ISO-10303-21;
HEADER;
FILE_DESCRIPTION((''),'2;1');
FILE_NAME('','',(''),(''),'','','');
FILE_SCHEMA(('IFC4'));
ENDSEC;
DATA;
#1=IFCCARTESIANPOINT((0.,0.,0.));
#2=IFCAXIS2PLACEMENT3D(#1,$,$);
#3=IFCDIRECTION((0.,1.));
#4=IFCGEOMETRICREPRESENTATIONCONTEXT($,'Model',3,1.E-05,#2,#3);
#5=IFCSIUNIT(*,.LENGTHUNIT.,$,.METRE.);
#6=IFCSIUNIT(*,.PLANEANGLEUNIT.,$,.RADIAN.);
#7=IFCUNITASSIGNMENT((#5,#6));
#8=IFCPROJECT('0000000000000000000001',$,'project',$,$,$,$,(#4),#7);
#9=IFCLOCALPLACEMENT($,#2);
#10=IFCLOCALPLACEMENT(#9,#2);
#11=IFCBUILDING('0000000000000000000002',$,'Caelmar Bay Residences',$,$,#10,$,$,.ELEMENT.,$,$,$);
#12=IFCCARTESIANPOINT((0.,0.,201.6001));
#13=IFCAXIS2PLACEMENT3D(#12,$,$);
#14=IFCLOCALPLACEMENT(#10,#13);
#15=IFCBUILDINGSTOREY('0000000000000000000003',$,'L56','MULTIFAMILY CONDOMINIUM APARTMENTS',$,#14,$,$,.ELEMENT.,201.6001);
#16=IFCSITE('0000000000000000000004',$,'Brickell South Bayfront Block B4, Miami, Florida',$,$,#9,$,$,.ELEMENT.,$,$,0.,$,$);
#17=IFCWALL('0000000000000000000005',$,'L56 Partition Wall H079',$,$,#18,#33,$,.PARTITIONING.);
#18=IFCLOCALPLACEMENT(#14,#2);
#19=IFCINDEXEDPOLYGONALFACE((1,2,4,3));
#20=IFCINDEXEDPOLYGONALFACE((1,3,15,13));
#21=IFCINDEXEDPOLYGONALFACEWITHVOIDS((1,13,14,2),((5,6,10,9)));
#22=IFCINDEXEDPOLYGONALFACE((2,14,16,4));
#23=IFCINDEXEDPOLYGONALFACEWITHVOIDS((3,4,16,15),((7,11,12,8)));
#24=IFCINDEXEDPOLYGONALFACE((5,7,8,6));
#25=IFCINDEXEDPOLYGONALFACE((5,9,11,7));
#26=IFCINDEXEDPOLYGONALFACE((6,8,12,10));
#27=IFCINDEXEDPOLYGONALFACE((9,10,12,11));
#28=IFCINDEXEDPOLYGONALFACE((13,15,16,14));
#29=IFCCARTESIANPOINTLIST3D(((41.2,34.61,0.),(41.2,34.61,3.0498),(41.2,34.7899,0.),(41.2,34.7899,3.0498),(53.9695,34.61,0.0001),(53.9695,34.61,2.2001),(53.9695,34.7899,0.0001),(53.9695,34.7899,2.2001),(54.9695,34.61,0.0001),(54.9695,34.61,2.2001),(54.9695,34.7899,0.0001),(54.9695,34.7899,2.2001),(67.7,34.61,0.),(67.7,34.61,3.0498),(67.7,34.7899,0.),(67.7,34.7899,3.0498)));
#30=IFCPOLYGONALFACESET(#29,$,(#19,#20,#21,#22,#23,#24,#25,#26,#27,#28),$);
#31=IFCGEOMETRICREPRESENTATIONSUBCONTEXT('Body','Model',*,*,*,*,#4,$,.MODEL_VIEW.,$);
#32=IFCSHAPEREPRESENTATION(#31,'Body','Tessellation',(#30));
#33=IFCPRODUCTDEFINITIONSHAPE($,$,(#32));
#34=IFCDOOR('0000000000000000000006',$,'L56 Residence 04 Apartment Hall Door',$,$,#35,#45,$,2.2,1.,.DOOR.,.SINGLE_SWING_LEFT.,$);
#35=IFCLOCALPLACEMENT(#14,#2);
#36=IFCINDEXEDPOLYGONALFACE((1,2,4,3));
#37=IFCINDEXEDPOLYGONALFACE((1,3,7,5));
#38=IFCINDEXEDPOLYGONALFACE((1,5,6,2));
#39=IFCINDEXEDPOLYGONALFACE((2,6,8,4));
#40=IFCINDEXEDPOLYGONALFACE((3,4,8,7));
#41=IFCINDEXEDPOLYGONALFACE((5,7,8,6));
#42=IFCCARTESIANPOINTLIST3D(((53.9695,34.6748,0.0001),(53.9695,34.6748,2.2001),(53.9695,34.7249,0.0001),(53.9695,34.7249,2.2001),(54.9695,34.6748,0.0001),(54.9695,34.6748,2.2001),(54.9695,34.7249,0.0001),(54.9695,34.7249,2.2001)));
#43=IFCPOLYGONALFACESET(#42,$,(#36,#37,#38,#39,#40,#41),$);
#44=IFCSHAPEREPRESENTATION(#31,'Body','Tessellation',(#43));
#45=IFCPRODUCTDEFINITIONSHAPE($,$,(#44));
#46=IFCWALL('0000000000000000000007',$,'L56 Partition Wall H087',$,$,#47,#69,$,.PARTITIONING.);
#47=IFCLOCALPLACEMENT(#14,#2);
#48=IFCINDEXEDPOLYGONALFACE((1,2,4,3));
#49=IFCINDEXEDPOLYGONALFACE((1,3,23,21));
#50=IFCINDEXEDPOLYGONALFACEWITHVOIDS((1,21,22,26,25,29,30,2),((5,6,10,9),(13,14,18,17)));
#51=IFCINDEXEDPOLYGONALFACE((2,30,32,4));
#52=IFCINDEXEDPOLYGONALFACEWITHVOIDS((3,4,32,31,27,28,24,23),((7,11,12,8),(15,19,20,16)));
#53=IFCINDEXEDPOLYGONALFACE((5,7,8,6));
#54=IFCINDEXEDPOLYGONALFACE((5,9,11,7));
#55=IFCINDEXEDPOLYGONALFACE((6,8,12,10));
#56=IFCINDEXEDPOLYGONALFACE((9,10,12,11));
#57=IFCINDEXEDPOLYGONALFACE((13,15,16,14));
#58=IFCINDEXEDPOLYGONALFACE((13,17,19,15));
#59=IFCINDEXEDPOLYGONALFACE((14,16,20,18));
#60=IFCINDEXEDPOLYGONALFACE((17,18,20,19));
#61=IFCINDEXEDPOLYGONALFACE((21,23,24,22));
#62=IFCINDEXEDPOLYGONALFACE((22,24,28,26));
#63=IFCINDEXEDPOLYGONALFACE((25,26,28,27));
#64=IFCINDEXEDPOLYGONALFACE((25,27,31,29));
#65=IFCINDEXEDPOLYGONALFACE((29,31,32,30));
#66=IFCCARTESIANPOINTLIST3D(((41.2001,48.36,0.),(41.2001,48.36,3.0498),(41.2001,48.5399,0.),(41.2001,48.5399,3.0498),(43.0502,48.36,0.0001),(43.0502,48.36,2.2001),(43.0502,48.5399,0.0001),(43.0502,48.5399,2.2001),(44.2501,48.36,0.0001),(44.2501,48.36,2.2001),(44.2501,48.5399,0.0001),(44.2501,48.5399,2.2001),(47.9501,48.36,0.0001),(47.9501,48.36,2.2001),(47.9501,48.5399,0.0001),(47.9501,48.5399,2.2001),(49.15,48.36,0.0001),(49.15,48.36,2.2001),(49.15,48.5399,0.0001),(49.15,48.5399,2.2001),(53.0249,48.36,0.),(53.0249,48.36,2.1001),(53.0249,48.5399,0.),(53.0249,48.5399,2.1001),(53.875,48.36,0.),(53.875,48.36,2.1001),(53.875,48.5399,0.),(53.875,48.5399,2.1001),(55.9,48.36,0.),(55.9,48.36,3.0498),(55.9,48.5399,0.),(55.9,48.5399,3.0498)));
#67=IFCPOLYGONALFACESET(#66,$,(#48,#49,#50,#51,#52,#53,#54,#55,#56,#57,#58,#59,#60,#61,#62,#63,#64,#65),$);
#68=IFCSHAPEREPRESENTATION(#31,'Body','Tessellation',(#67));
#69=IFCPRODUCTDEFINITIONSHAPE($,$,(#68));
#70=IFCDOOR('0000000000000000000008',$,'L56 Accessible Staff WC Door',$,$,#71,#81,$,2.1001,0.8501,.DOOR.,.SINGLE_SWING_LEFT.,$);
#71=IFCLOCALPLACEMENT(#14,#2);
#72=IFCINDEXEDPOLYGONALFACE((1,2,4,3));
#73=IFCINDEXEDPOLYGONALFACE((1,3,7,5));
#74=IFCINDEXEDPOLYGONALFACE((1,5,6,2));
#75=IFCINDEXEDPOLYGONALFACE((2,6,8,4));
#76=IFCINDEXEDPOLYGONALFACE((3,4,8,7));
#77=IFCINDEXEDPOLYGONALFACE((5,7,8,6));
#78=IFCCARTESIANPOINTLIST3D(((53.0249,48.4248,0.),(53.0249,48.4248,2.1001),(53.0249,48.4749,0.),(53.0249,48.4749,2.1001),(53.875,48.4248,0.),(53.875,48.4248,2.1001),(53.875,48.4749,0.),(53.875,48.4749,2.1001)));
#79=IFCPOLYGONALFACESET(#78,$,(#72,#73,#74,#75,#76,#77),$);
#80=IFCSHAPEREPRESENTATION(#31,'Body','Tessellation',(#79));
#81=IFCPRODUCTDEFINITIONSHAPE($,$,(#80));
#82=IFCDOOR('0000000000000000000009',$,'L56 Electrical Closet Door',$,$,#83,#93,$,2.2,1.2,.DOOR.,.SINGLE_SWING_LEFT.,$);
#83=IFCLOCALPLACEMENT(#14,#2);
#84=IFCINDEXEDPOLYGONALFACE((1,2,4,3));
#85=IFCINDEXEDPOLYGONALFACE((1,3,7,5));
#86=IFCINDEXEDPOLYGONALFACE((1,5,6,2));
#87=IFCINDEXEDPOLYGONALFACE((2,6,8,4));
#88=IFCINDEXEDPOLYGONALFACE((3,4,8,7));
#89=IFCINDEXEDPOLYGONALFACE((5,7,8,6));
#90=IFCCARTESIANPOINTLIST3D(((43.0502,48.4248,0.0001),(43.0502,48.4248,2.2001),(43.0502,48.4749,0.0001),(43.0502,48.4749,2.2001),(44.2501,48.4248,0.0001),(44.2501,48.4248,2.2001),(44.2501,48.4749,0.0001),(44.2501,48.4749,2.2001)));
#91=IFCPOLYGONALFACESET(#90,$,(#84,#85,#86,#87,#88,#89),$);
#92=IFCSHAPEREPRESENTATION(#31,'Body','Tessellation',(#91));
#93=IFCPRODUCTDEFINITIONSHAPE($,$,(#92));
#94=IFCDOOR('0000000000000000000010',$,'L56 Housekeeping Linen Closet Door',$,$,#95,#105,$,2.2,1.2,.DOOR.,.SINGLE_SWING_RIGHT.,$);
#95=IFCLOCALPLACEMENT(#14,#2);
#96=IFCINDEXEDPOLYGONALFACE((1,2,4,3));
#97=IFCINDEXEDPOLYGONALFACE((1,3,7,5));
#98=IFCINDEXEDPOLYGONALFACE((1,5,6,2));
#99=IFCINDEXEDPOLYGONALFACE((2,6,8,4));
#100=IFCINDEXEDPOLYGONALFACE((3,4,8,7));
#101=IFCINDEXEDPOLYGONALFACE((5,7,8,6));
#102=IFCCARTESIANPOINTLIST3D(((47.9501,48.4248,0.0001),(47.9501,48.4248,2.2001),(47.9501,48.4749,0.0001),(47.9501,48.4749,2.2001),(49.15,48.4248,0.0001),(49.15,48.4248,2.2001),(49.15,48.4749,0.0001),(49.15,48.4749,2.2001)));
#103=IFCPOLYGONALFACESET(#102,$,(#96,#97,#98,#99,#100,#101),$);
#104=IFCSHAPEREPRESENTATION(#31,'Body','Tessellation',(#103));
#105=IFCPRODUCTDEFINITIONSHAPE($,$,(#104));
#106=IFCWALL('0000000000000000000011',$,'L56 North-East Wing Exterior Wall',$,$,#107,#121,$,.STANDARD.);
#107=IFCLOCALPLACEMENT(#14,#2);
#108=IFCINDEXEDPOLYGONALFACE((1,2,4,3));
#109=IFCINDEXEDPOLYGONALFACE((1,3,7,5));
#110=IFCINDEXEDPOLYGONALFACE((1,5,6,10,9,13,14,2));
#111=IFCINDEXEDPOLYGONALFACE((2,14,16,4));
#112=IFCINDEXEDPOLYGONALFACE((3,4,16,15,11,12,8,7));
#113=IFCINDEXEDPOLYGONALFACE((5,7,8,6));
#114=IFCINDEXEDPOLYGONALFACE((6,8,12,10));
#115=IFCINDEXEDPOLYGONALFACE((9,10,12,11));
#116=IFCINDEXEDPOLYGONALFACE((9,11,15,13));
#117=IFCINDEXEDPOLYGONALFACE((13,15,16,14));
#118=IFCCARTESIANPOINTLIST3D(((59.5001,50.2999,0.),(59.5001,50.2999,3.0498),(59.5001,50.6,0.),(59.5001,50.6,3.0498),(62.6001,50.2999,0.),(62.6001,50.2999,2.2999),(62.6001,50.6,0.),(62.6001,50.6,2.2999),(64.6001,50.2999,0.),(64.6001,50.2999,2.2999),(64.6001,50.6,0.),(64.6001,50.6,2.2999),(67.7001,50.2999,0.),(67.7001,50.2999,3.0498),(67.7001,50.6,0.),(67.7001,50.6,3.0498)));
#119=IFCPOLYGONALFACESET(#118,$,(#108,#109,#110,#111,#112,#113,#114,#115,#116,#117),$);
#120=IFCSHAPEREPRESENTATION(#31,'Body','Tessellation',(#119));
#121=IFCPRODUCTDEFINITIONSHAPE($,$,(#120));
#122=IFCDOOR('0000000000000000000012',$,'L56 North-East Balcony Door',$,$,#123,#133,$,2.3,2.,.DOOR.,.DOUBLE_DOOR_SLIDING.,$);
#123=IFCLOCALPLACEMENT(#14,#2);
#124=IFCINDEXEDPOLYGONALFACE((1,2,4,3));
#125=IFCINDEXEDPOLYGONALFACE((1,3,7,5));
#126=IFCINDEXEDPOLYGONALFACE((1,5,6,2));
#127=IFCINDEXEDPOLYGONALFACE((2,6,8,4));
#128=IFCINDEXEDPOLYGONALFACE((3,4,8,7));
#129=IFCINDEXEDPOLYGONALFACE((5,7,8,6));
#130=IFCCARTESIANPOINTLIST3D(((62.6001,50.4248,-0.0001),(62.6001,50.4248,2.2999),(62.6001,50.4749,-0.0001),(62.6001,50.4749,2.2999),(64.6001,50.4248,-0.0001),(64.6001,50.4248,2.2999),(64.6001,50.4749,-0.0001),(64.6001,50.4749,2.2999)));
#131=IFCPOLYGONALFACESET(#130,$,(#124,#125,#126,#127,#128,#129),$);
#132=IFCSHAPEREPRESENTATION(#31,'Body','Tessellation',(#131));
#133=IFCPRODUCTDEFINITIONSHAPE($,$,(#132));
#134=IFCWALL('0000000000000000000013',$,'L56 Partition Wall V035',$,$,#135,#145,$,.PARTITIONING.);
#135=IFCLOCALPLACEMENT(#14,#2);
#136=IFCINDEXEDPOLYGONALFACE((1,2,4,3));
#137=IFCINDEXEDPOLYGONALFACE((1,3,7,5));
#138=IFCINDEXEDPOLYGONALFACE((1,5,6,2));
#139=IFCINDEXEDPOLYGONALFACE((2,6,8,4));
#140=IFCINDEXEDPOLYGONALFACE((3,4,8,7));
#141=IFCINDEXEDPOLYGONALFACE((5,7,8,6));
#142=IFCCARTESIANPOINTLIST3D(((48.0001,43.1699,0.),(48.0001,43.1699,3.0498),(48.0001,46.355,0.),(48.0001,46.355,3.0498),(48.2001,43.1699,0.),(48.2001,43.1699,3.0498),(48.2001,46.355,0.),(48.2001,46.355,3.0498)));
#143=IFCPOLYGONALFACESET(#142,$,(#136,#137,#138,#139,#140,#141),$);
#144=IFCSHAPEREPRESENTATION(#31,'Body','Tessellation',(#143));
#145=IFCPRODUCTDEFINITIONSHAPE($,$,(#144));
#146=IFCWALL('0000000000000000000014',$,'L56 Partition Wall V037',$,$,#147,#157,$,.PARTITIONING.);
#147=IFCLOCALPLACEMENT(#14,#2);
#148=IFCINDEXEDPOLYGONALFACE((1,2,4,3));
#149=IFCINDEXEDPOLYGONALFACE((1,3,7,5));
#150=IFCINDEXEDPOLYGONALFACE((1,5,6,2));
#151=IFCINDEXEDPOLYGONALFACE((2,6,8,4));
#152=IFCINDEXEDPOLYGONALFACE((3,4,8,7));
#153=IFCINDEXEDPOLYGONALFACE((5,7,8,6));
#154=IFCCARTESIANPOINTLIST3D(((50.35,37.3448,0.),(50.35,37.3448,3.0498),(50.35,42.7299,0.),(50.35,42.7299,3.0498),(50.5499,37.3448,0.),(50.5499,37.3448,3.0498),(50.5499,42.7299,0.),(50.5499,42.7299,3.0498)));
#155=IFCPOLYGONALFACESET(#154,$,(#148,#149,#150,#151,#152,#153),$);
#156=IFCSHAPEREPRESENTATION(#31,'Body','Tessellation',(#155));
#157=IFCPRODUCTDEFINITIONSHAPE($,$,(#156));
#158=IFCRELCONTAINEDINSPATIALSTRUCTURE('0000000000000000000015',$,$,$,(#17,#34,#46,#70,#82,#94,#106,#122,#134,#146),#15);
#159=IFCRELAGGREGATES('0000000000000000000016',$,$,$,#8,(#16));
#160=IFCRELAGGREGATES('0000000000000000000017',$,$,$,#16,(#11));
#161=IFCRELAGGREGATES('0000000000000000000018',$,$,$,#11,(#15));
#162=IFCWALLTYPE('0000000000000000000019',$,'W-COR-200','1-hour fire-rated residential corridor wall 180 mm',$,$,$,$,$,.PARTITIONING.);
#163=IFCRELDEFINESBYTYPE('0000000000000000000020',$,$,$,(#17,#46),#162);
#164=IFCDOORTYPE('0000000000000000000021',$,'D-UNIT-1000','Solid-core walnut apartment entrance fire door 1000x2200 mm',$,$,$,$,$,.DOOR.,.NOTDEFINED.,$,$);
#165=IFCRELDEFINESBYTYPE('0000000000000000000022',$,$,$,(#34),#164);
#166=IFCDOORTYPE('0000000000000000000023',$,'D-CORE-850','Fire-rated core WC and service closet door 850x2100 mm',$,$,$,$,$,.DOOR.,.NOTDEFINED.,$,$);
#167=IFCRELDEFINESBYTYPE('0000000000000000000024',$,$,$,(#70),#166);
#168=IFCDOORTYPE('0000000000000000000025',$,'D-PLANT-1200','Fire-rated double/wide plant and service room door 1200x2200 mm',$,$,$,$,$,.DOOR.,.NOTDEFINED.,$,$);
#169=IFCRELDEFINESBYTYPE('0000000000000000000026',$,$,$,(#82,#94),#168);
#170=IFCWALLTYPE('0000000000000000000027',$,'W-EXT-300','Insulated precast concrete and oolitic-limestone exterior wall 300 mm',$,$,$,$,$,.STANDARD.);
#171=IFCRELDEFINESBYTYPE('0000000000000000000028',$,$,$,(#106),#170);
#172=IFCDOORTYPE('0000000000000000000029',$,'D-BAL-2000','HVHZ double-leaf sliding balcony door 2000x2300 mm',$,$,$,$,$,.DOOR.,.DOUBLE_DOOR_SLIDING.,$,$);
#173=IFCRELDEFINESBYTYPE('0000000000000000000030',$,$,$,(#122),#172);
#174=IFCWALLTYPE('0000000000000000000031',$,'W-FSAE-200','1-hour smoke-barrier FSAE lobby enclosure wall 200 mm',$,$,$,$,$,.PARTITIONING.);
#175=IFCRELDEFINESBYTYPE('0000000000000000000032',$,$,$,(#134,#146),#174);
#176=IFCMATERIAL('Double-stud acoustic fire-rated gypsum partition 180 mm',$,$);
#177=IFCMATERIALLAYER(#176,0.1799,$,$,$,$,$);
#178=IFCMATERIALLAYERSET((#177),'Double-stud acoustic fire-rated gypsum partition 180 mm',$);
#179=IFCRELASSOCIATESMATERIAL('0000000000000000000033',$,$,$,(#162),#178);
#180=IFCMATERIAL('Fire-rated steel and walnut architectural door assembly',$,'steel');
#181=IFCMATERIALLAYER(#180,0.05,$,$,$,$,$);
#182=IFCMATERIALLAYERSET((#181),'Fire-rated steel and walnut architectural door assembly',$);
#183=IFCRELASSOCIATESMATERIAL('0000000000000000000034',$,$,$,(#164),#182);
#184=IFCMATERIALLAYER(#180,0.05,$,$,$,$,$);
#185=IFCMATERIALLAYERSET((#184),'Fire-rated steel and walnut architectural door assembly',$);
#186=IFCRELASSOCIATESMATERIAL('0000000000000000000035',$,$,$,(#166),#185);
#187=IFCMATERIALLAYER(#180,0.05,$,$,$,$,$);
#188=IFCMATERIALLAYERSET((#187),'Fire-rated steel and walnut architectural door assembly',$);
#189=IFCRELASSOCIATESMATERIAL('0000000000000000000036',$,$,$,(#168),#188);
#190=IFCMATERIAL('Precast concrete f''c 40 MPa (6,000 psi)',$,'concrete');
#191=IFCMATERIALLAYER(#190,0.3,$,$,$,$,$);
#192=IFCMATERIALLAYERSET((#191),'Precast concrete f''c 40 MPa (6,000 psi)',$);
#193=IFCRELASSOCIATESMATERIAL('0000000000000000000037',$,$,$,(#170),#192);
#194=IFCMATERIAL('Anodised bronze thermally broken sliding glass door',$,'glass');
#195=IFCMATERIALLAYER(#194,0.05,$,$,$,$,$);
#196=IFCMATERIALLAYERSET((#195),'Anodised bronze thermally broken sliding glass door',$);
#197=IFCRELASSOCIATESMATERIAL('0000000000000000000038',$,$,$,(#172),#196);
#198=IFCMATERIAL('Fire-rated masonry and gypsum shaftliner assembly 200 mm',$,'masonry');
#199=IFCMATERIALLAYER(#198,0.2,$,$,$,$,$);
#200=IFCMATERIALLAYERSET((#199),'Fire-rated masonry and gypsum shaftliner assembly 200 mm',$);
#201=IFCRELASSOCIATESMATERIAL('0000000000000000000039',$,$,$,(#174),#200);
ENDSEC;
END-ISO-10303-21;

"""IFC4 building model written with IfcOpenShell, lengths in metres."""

from ifc_helpers import new_model, si_unit, direction, frame, frame_2d, origin, place, context, subcontext, project, spatial, rectangle, extrude, material, layer, layer_set, type_object, element, fill, save


model = new_model("IFC4")

# Units and contexts
model_context = context("Model", 3, precision=1e-05, world=origin(), true_north=direction((0.0, 1.0)))
body_context = subcontext(model_context, "Body", "Model", "MODEL_VIEW")
ifc_project = project(units=[si_unit("LENGTHUNIT", "METRE"), si_unit("PLANEANGLEUNIT", "RADIAN")], contexts=[model_context])

# Site, building, storey
site_placement = place(None, origin())
site = spatial("IfcSite", under=ifc_project, at=site_placement, Name="Brickell South Bayfront Block B4, Miami, Florida", CompositionType="ELEMENT", RefElevation=0.0)
building_placement = place(site_placement, origin())
building = spatial("IfcBuilding", under=site, at=building_placement, Name="Caelmar Bay Residences", CompositionType="ELEMENT")
storey_placement = place(building_placement, frame((0.0, 0.0, 201.6001)))
storey = spatial("IfcBuildingStorey", under=building, at=storey_placement, Name="L56", Description="MULTIFAMILY CONDOMINIUM APARTMENTS", CompositionType="ELEMENT", Elevation=201.6001)

# Shared definitions
ifc_material_1 = material(Name="Fire-rated steel and walnut architectural door assembly", Category="steel")
ifc_material_2 = material(Name="Double-stud acoustic fire-rated gypsum partition 180 mm")
ifc_layer_1 = layer(ifc_material_2, 0.1799)
ifc_layer_set_1 = layer_set([ifc_layer_1], Name="Double-stud acoustic fire-rated gypsum partition 180 mm")
wall_type_1 = type_object("IfcWallType", Name="W-COR-200", Description="1-hour fire-rated residential corridor wall 180 mm", PredefinedType="PARTITIONING", material=ifc_layer_set_1)
ifc_layer_2 = layer(ifc_material_1, 0.05)
ifc_layer_set_2 = layer_set([ifc_layer_2], Name="Fire-rated steel and walnut architectural door assembly")
door_type_1 = type_object("IfcDoorType", Name="D-UNIT-1000", Description="Solid-core walnut apartment entrance fire door 1000x2200 mm", OperationType="NOTDEFINED", PredefinedType="DOOR", material=ifc_layer_set_2)

# Wall, opening, door
wall_1_placement = place(storey_placement, frame((41.2, 34.7, 0.0), z_axis=(0.0, 0.0, 1.0), x_axis=(1.0, 0.0, 0.0)))
wall_1 = element("IfcWall", 1, at=wall_1_placement, inside=storey, type_object=wall_type_1, Name="L56 Partition Wall H079", PredefinedType="PARTITIONING", context=body_context, shape_type="SweptSolid", body=[
    extrude(rectangle(XDim=26.5, YDim=0.1799, at=frame_2d((13.25, 0.0))), origin(), (0.0, 0.0, 1.0), 3.0498),
])
opening_1_placement = place(wall_1_placement, frame((12.7695, 0.0, 0.0)))
opening_1 = element("IfcOpeningElement", 2, at=opening_1_placement, cuts=wall_1, PredefinedType="OPENING", context=body_context, shape_type="SweptSolid", body=[
    extrude(rectangle(XDim=1.0, YDim=2.2, at=frame_2d((0.5, 1.1001))), frame((0.0, 0.0999, 0.0), z_axis=(0.0, -1.0, 0.0), x_axis=(1.0, 0.0, 0.0)), (0.0, 0.0, 1.0), 0.2),
])
door_1_placement = place(opening_1_placement, origin())
door_1 = element("IfcDoor", 3, at=door_1_placement, inside=storey, type_object=door_type_1, Name="L56 Residence 04 Apartment Hall Door", OperationType="SINGLE_SWING_LEFT", OverallHeight=2.2, OverallWidth=1.0, PredefinedType="DOOR", context=body_context, shape_type="SweptSolid", body=[
    extrude(rectangle(XDim=1.0, YDim=2.2, at=frame_2d((0.5, 1.1001))), frame((0.0, 0.0249, 0.0), z_axis=(0.0, -1.0, 0.0), x_axis=(1.0, 0.0, 0.0)), (0.0, 0.0, 1.0), 0.05),
])
fill(opening_1, door_1)

# Wall, openings, doors
wall_2_placement = place(storey_placement, frame((41.2, 48.45, 0.0), z_axis=(0.0, 0.0, 1.0), x_axis=(1.0, 0.0, 0.0)))
wall_2 = element("IfcWall", 4, at=wall_2_placement, inside=storey, type_object=wall_type_1, Name="L56 Partition Wall H087", PredefinedType="PARTITIONING", context=body_context, shape_type="SweptSolid", body=[
    extrude(rectangle(XDim=14.7, YDim=0.1799, at=frame_2d((7.3501, 0.0))), origin(), (0.0, 0.0, 1.0), 3.0498),
])
opening_2_placement = place(wall_2_placement, frame((1.8501, 0.0, 0.0)))
opening_2 = element("IfcOpeningElement", 5, at=opening_2_placement, cuts=wall_2, PredefinedType="OPENING", context=body_context, shape_type="SweptSolid", body=[
    extrude(rectangle(XDim=1.2, YDim=2.2, at=frame_2d((0.6001, 1.1001))), frame((0.0, 0.0999, 0.0), z_axis=(0.0, -1.0, 0.0), x_axis=(1.0, 0.0, 0.0)), (0.0, 0.0, 1.0), 0.2),
])
opening_3_placement = place(wall_2_placement, frame((6.75, 0.0, 0.0)))
opening_3 = element("IfcOpeningElement", 6, at=opening_3_placement, cuts=wall_2, PredefinedType="OPENING", context=body_context, shape_type="SweptSolid", body=[
    extrude(rectangle(XDim=1.2, YDim=2.2, at=frame_2d((0.6001, 1.1001))), frame((0.0, 0.0999, 0.0), z_axis=(0.0, -1.0, 0.0), x_axis=(1.0, 0.0, 0.0)), (0.0, 0.0, 1.0), 0.2),
])
opening_4_placement = place(wall_2_placement, frame((11.825, 0.0, 0.0)))
opening_4 = element("IfcOpeningElement", 7, at=opening_4_placement, cuts=wall_2, PredefinedType="OPENING", context=body_context, shape_type="SweptSolid", body=[
    extrude(rectangle(XDim=0.8501, YDim=2.1001, at=frame_2d((0.425, 1.05))), frame((0.0, 0.0999, 0.0), z_axis=(0.0, -1.0, 0.0), x_axis=(1.0, 0.0, 0.0)), (0.0, 0.0, 1.0), 0.2),
])
ifc_layer_3 = layer(ifc_material_1, 0.05)
ifc_layer_set_3 = layer_set([ifc_layer_3], Name="Fire-rated steel and walnut architectural door assembly")
door_type_2 = type_object("IfcDoorType", Name="D-CORE-850", Description="Fire-rated core WC and service closet door 850x2100 mm", OperationType="NOTDEFINED", PredefinedType="DOOR", material=ifc_layer_set_3)
door_2_placement = place(opening_4_placement, origin())
door_2 = element("IfcDoor", 8, at=door_2_placement, inside=storey, type_object=door_type_2, Name="L56 Accessible Staff WC Door", OperationType="SINGLE_SWING_LEFT", OverallHeight=2.1001, OverallWidth=0.8501, PredefinedType="DOOR", context=body_context, shape_type="SweptSolid", body=[
    extrude(rectangle(XDim=0.8501, YDim=2.1001, at=frame_2d((0.425, 1.05))), frame((0.0, 0.0249, 0.0), z_axis=(0.0, -1.0, 0.0), x_axis=(1.0, 0.0, 0.0)), (0.0, 0.0, 1.0), 0.05),
])
fill(opening_4, door_2)
ifc_layer_4 = layer(ifc_material_1, 0.05)
ifc_layer_set_4 = layer_set([ifc_layer_4], Name="Fire-rated steel and walnut architectural door assembly")
door_type_3 = type_object("IfcDoorType", Name="D-PLANT-1200", Description="Fire-rated double/wide plant and service room door 1200x2200 mm", OperationType="NOTDEFINED", PredefinedType="DOOR", material=ifc_layer_set_4)
door_3_placement = place(opening_2_placement, origin())
door_3 = element("IfcDoor", 9, at=door_3_placement, inside=storey, type_object=door_type_3, Name="L56 Electrical Closet Door", OperationType="SINGLE_SWING_LEFT", OverallHeight=2.2, OverallWidth=1.2, PredefinedType="DOOR", context=body_context, shape_type="SweptSolid", body=[
    extrude(rectangle(XDim=1.2, YDim=2.2, at=frame_2d((0.6001, 1.1001))), frame((0.0, 0.0249, 0.0), z_axis=(0.0, -1.0, 0.0), x_axis=(1.0, 0.0, 0.0)), (0.0, 0.0, 1.0), 0.05),
])
fill(opening_2, door_3)
door_4_placement = place(opening_3_placement, origin())
door_4 = element("IfcDoor", 10, at=door_4_placement, inside=storey, type_object=door_type_3, Name="L56 Housekeeping Linen Closet Door", OperationType="SINGLE_SWING_RIGHT", OverallHeight=2.2, OverallWidth=1.2, PredefinedType="DOOR", context=body_context, shape_type="SweptSolid", body=[
    extrude(rectangle(XDim=1.2, YDim=2.2, at=frame_2d((0.6001, 1.1001))), frame((0.0, 0.0249, 0.0), z_axis=(0.0, -1.0, 0.0), x_axis=(1.0, 0.0, 0.0)), (0.0, 0.0, 1.0), 0.05),
])
fill(opening_3, door_4)

# Wall, opening, door
ifc_material_3 = material(Name="Precast concrete f'c 40 MPa (6,000 psi)", Category="concrete")
ifc_layer_5 = layer(ifc_material_3, 0.3)
ifc_layer_set_5 = layer_set([ifc_layer_5], Name="Precast concrete f'c 40 MPa (6,000 psi)")
wall_type_2 = type_object("IfcWallType", Name="W-EXT-300", Description="Insulated precast concrete and oolitic-limestone exterior wall 300 mm", PredefinedType="STANDARD", material=ifc_layer_set_5)
wall_3_placement = place(storey_placement, frame((59.5, 50.45, 0.0), z_axis=(0.0, 0.0, 1.0), x_axis=(1.0, 0.0, 0.0)))
wall_3 = element("IfcWall", 11, at=wall_3_placement, inside=storey, type_object=wall_type_2, Name="L56 North-East Wing Exterior Wall", PredefinedType="STANDARD", context=body_context, shape_type="SweptSolid", body=[
    extrude(rectangle(XDim=8.2, YDim=0.3, at=frame_2d((4.1001, 0.0))), origin(), (0.0, 0.0, 1.0), 3.0498),
])
opening_5_placement = place(wall_3_placement, frame((3.1001, 0.0, 0.0)))
opening_5 = element("IfcOpeningElement", 12, at=opening_5_placement, cuts=wall_3, PredefinedType="OPENING", context=body_context, shape_type="SweptSolid", body=[
    extrude(rectangle(XDim=2.0, YDim=2.3, at=frame_2d((1.0, 1.1499))), frame((0.0, 0.1599, 0.0), z_axis=(0.0, -1.0, 0.0), x_axis=(1.0, 0.0, 0.0)), (0.0, 0.0, 1.0), 0.3201),
])
ifc_material_4 = material(Name="Anodised bronze thermally broken sliding glass door", Category="glass")
ifc_layer_6 = layer(ifc_material_4, 0.05)
ifc_layer_set_6 = layer_set([ifc_layer_6], Name="Anodised bronze thermally broken sliding glass door")
door_type_4 = type_object("IfcDoorType", Name="D-BAL-2000", Description="HVHZ double-leaf sliding balcony door 2000x2300 mm", OperationType="DOUBLE_DOOR_SLIDING", PredefinedType="DOOR", material=ifc_layer_set_6)
door_5_placement = place(opening_5_placement, origin())
door_5 = element("IfcDoor", 13, at=door_5_placement, inside=storey, type_object=door_type_4, Name="L56 North-East Balcony Door", OperationType="DOUBLE_DOOR_SLIDING", OverallHeight=2.3, OverallWidth=2.0, PredefinedType="DOOR", context=body_context, shape_type="SweptSolid", body=[
    extrude(rectangle(XDim=2.0, YDim=2.3, at=frame_2d((1.0, 1.1499))), frame((0.0, 0.0249, 0.0), z_axis=(0.0, -1.0, 0.0), x_axis=(1.0, 0.0, 0.0)), (0.0, 0.0, 1.0), 0.05),
])
fill(opening_5, door_5)

# Walls
ifc_material_5 = material(Name="Fire-rated masonry and gypsum shaftliner assembly 200 mm", Category="masonry")
ifc_layer_7 = layer(ifc_material_5, 0.2)
ifc_layer_set_7 = layer_set([ifc_layer_7], Name="Fire-rated masonry and gypsum shaftliner assembly 200 mm")
wall_type_3 = type_object("IfcWallType", Name="W-FSAE-200", Description="1-hour smoke-barrier FSAE lobby enclosure wall 200 mm", PredefinedType="PARTITIONING", material=ifc_layer_set_7)
wall_4_placement = place(storey_placement, frame((48.1001, 43.1699, 0.0), z_axis=(0.0, 0.0, 1.0), x_axis=(0.0, 1.0, 0.0)))
element("IfcWall", 14, at=wall_4_placement, inside=storey, type_object=wall_type_3, Name="L56 Partition Wall V035", PredefinedType="PARTITIONING", context=body_context, shape_type="SweptSolid", body=[
    extrude(rectangle(XDim=3.1851, YDim=0.2, at=frame_2d((1.5925, 0.0))), origin(), (0.0, 0.0, 1.0), 3.0498),
])
wall_5_placement = place(storey_placement, frame((50.45, 37.345, 0.0), z_axis=(0.0, 0.0, 1.0), x_axis=(0.0, 1.0, 0.0)))
element("IfcWall", 15, at=wall_5_placement, inside=storey, type_object=wall_type_3, Name="L56 Partition Wall V037", PredefinedType="PARTITIONING", context=body_context, shape_type="SweptSolid", body=[
    extrude(rectangle(XDim=5.385, YDim=0.2, at=frame_2d((2.6924, 0.0))), origin(), (0.0, 0.0, 1.0), 3.0498),
])

save(model, "model.ifc")
